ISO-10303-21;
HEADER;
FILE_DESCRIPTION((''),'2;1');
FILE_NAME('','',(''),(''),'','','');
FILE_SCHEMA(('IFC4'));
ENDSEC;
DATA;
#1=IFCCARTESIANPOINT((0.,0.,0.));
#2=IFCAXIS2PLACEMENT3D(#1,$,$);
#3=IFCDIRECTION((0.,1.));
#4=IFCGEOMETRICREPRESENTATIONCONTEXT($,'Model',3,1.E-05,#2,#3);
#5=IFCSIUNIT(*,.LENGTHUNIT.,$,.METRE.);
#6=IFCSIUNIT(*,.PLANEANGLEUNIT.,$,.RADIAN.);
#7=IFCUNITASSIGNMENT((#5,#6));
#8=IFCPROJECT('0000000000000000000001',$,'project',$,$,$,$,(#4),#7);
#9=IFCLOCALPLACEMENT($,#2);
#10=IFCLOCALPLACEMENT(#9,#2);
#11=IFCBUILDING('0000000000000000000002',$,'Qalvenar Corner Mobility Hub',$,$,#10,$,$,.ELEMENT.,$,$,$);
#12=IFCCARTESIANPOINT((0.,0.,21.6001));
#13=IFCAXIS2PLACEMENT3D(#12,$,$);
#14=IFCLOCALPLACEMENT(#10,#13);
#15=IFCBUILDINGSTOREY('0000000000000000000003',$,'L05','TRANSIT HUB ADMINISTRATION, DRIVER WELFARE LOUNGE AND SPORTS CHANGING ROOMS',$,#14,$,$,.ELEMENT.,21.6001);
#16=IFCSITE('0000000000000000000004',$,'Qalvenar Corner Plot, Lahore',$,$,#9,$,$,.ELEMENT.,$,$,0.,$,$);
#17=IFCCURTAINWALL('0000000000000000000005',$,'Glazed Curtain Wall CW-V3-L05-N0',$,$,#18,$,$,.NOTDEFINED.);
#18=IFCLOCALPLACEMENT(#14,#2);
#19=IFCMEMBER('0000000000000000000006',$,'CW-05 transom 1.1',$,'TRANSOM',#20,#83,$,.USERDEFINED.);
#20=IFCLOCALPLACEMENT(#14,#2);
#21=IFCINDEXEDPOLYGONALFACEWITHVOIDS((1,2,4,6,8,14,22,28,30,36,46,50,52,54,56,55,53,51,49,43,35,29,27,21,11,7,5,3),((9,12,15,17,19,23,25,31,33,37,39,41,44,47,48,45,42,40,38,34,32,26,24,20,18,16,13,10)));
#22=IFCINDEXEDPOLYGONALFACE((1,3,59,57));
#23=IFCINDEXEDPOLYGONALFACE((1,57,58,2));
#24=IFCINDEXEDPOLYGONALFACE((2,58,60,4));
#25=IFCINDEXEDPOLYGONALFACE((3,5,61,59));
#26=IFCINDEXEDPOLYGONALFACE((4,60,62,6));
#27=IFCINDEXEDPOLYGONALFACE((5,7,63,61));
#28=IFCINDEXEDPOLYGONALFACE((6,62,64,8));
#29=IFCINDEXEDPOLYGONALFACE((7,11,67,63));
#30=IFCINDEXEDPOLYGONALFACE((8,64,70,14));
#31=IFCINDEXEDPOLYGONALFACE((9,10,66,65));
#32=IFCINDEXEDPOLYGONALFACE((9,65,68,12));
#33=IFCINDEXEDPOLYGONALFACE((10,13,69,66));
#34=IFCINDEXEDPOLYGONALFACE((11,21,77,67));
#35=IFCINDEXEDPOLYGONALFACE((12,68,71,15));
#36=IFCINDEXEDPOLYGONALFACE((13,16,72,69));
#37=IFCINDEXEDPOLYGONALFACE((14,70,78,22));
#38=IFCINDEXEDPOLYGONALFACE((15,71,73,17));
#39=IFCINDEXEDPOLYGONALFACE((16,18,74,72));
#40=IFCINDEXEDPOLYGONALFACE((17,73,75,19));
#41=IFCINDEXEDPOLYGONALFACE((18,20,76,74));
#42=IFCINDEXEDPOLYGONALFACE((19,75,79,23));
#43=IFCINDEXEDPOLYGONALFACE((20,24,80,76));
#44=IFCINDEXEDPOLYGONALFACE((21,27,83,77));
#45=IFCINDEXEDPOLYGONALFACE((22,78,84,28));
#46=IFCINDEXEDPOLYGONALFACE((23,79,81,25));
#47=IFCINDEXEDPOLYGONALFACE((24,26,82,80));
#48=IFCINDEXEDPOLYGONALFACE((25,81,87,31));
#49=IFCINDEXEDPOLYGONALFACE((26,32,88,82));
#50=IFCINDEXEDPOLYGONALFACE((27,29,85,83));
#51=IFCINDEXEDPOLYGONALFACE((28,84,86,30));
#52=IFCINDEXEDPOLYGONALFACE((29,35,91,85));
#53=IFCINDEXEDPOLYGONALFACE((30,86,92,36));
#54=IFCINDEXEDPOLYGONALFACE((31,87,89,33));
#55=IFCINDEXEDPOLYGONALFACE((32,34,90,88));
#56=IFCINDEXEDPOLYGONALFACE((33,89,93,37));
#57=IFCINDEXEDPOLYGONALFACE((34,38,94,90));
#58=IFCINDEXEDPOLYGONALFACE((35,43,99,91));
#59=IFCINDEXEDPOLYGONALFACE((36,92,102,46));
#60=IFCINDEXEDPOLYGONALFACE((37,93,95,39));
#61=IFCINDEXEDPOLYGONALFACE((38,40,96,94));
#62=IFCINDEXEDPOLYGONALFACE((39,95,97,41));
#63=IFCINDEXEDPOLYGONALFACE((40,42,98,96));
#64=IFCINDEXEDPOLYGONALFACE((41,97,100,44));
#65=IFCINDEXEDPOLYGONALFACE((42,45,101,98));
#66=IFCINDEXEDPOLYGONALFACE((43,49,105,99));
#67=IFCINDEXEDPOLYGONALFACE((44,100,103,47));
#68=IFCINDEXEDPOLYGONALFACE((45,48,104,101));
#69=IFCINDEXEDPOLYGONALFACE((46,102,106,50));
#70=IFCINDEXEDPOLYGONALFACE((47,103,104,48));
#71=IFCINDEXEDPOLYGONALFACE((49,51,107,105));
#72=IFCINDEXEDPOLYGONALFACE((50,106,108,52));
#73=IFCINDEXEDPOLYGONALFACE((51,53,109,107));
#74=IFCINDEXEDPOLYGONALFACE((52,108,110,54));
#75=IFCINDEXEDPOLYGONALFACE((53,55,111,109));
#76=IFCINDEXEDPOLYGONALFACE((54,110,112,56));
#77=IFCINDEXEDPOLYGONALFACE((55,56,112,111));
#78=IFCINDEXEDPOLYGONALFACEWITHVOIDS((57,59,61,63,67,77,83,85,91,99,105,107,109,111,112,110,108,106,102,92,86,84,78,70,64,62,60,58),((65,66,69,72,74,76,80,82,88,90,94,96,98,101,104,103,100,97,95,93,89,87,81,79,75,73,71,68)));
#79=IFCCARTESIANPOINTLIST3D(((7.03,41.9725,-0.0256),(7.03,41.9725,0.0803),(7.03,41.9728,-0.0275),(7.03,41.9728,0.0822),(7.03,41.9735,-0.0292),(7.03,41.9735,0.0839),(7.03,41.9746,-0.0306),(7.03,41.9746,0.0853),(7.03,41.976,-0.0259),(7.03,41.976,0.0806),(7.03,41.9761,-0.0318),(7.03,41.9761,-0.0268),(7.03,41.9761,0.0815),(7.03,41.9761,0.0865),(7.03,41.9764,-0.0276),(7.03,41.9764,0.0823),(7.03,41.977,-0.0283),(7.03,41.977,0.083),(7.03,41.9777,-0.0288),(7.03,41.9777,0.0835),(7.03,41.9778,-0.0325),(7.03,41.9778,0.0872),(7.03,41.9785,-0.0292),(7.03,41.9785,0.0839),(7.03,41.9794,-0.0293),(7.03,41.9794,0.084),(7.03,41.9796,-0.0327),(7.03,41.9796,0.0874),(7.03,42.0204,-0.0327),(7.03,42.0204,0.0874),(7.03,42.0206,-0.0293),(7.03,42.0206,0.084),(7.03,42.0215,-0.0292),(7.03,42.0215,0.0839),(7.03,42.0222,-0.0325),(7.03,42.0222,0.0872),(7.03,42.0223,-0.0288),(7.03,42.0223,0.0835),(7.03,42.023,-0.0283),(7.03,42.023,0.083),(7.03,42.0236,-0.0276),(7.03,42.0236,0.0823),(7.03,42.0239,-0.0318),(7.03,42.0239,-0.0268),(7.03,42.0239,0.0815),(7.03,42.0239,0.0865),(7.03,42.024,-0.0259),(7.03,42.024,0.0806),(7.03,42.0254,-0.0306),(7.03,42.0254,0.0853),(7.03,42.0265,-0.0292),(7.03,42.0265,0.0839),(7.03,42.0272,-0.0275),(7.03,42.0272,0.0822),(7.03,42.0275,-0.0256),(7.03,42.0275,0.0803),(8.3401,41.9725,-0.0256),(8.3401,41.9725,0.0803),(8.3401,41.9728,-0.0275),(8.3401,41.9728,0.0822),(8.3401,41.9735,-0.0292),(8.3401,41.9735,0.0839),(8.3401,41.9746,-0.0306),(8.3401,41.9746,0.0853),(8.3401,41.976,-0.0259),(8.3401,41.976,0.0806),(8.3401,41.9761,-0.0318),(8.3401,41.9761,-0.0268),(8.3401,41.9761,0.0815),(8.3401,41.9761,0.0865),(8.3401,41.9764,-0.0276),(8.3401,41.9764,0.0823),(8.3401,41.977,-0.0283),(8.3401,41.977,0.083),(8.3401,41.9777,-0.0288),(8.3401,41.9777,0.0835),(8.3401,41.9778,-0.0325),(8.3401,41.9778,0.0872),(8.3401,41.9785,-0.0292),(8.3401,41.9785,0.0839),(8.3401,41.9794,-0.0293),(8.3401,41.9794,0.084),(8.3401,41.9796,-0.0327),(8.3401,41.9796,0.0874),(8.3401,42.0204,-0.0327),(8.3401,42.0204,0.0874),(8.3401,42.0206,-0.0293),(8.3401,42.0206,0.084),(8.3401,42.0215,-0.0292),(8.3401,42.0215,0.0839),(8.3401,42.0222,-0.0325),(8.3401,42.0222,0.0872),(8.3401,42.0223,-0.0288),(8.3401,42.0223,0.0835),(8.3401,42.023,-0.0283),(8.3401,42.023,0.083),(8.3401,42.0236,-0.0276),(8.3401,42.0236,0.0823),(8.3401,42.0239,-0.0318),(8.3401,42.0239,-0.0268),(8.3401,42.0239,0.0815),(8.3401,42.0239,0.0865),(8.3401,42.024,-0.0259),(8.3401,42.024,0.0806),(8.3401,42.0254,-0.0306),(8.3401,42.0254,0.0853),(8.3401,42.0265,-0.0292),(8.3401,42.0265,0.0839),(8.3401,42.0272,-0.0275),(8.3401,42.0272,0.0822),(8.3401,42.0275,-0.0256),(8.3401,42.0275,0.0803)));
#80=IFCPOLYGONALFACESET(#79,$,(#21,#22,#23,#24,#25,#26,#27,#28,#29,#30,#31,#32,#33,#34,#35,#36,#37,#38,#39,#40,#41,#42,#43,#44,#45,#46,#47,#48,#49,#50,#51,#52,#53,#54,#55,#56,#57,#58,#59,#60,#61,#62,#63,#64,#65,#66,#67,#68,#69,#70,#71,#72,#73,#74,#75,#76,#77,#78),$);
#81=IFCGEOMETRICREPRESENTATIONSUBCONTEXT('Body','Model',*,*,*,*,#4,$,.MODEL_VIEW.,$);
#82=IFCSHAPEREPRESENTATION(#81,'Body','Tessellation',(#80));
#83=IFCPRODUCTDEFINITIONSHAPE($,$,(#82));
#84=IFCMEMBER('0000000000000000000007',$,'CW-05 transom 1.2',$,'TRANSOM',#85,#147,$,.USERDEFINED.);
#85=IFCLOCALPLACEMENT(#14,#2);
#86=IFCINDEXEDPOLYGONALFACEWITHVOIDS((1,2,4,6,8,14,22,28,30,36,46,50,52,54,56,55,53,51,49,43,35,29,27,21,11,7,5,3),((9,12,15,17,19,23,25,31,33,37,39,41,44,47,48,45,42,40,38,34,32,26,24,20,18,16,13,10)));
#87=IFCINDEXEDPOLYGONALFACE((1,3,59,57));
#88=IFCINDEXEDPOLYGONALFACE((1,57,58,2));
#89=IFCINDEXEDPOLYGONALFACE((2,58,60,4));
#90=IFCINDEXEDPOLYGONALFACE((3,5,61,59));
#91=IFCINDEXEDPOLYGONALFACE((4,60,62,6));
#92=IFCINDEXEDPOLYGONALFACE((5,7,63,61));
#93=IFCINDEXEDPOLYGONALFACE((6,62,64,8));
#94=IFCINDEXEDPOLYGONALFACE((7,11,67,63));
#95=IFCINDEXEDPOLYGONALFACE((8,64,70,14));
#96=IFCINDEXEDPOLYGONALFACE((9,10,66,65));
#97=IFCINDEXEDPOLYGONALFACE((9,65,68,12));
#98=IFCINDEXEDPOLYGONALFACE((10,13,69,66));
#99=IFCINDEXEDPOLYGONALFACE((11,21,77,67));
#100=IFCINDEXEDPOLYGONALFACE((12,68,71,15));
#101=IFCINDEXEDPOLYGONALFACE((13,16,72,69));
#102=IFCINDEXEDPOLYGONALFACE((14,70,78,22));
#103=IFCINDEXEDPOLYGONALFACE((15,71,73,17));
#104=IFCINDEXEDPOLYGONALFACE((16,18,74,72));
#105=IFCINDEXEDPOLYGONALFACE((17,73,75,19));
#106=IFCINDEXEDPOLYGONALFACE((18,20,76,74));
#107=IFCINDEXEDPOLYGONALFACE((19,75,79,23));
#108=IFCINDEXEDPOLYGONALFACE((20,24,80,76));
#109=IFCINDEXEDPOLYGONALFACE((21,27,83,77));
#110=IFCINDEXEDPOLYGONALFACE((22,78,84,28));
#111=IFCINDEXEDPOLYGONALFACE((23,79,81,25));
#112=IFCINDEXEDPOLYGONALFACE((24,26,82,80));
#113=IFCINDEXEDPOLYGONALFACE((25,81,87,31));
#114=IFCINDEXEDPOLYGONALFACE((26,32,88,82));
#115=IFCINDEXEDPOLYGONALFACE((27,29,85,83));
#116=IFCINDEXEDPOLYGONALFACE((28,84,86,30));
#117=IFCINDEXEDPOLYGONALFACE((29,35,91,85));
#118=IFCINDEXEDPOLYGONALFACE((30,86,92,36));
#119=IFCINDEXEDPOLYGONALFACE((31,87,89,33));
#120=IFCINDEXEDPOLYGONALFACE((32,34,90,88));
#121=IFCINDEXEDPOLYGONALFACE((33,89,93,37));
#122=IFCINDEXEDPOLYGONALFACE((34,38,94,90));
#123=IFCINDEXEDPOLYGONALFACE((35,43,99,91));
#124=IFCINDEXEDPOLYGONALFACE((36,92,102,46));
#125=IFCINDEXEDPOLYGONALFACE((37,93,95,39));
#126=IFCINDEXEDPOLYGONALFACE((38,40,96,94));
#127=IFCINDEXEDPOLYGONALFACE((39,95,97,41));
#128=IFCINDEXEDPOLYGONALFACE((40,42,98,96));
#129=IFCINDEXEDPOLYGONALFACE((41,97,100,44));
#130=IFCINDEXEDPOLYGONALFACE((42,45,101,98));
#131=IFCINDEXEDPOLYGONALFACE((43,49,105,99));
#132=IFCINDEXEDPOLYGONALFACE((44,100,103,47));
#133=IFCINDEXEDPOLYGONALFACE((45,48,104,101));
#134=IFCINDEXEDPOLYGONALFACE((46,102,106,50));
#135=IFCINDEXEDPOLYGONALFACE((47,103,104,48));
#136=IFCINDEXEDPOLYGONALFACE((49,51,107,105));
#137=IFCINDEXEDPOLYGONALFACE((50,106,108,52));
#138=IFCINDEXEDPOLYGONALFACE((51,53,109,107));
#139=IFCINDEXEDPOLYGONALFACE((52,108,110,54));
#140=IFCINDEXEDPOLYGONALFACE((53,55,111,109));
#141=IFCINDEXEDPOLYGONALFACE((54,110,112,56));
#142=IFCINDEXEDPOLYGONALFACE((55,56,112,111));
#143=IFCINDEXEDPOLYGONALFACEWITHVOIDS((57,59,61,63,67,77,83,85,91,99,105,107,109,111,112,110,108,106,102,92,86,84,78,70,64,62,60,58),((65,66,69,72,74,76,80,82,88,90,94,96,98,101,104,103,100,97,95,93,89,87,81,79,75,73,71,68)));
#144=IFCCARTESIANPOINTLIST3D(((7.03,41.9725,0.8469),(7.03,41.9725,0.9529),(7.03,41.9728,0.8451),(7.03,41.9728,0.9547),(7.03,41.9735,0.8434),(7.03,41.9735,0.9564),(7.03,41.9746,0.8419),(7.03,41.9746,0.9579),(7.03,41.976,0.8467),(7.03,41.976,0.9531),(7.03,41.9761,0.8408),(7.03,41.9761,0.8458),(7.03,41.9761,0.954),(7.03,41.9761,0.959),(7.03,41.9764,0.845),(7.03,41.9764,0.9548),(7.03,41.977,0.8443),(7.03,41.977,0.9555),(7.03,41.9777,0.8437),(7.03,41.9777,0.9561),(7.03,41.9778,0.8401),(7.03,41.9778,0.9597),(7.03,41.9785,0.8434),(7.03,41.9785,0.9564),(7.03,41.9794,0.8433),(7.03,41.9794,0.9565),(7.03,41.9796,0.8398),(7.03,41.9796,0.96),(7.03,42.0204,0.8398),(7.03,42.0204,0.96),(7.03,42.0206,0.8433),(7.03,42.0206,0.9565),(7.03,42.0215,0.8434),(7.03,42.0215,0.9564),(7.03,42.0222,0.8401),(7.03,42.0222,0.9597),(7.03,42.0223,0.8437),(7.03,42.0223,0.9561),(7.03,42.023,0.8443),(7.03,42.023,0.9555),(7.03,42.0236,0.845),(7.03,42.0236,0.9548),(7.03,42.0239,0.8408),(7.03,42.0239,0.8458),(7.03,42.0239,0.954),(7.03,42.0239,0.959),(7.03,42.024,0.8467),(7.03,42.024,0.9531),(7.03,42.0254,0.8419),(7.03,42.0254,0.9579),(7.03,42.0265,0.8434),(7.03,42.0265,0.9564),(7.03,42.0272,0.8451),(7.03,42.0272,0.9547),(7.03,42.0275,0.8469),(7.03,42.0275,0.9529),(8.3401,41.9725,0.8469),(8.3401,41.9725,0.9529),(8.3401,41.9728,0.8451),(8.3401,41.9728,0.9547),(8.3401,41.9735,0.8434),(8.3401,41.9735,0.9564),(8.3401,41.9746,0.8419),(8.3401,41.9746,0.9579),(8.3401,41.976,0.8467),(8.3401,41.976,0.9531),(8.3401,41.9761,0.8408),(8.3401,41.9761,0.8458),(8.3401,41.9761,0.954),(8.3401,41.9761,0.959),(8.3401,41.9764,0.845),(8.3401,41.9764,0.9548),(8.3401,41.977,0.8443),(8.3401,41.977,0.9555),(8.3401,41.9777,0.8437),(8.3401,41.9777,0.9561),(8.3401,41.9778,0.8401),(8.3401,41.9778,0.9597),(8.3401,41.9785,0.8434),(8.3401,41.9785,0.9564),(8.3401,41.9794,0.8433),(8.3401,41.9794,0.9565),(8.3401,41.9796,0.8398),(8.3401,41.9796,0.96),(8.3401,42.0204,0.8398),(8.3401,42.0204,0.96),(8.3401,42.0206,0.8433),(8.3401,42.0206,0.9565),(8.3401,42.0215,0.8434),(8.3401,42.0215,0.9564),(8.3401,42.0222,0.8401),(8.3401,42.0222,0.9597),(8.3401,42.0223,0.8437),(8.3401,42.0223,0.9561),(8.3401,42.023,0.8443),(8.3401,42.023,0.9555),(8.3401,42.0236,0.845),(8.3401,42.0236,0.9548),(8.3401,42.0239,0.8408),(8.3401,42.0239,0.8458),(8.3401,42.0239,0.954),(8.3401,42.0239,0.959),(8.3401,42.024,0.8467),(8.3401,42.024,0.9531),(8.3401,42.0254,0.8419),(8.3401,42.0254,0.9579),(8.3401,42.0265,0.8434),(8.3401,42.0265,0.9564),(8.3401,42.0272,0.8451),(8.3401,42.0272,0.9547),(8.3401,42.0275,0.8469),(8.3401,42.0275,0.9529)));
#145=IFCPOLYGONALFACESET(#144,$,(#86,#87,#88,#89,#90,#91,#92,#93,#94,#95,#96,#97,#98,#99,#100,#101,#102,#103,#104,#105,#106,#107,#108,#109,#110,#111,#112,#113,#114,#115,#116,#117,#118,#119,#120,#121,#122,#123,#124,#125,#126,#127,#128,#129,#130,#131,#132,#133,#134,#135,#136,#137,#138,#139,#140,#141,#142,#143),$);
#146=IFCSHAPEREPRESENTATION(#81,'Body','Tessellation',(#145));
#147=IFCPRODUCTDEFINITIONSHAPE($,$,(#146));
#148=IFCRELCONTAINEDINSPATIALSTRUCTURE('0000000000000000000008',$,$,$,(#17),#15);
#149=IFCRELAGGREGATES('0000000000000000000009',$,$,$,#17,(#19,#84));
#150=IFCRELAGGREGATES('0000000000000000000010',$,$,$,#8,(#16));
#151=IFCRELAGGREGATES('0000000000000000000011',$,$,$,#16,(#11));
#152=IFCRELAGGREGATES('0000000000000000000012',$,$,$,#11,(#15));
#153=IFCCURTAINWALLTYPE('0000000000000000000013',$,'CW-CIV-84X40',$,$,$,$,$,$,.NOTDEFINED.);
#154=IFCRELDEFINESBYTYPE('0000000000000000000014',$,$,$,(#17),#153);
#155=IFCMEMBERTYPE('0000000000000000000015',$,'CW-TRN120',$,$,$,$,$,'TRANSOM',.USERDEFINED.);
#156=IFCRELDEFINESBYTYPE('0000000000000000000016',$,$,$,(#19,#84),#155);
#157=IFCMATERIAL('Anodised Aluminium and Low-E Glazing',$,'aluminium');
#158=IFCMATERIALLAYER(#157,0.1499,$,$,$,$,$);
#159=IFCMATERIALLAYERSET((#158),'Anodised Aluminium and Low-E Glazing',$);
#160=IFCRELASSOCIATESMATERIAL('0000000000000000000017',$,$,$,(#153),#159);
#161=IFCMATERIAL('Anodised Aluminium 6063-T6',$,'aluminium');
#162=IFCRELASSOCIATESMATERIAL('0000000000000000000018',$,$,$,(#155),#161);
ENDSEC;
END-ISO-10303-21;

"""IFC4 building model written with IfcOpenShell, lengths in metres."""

from ifc_helpers import new_model, si_unit, direction, frame, origin, origin_2d, place, context, subcontext, project, spatial, hollow_rectangle, extrude, material, layer, layer_set, material_profile, profile_set, type_object, element, aggregate, save


model = new_model("IFC4")

# Units and contexts
model_context = context("Model", 3, precision=1e-05, world=origin(), true_north=direction((0.0, 1.0)))
body_context = subcontext(model_context, "Body", "Model", "MODEL_VIEW")
ifc_project = project(units=[si_unit("LENGTHUNIT", "METRE"), si_unit("PLANEANGLEUNIT", "RADIAN")], contexts=[model_context])

# Site, building, storey
site_placement = place(None, origin())
site = spatial("IfcSite", under=ifc_project, at=site_placement, Name="Qalvenar Corner Plot, Lahore", CompositionType="ELEMENT", RefElevation=0.0)
building_placement = place(site_placement, origin())
building = spatial("IfcBuilding", under=site, at=building_placement, Name="Qalvenar Corner Mobility Hub", CompositionType="ELEMENT")
storey_placement = place(building_placement, frame((0.0, 0.0, 21.6001)))
storey = spatial("IfcBuildingStorey", under=building, at=storey_placement, Name="L05", Description="TRANSIT HUB ADMINISTRATION, DRIVER WELFARE LOUNGE AND SPORTS CHANGING ROOMS", CompositionType="ELEMENT", Elevation=21.6001)

# Curtain wall
ifc_material_1 = material(Name="Anodised Aluminium and Low-E Glazing", Category="aluminium")
ifc_layer_1 = layer(ifc_material_1, 0.1499)
ifc_layer_set_1 = layer_set([ifc_layer_1], Name="Anodised Aluminium and Low-E Glazing")
curtain_wall_type = type_object("IfcCurtainWallType", Name="CW-CIV-84X40", PredefinedType="NOTDEFINED", material=ifc_layer_set_1)
curtain_wall_1_placement = place(storey_placement, origin())
curtain_wall_1 = element("IfcCurtainWall", 1, at=curtain_wall_1_placement, inside=storey, type_object=curtain_wall_type, Name="Glazed Curtain Wall CW-V3-L05-N0", PredefinedType="NOTDEFINED")
ifc_material_2 = material(Name="Anodised Aluminium 6063-T6", Category="aluminium")

# Members
ifc_material_profile_1 = material_profile(ifc_material_2, hollow_rectangle(XDim=0.0549, YDim=0.1201, WallThickness=0.0034, InnerFilletRadius=0.0034, OuterFilletRadius=0.0071, at=origin_2d()), Name="RHS120x55x3.5")
ifc_profile_set_1 = profile_set([ifc_material_profile_1], Name="Anodised Aluminium 6063-T6")
member_type_1 = type_object("IfcMemberType", Name="CW-TRN120", ElementType="TRANSOM", PredefinedType="USERDEFINED", material=ifc_profile_set_1)
member_1_placement = place(storey_placement, frame((8.3401, 42.0, 0.0273), z_axis=(-1.0, 0.0, 0.0), x_axis=(0.0, -1.0, 0.0)))
member_1 = element("IfcMember", 2, at=member_1_placement, type_object=member_type_1, Name="CW-05 transom 1.1", ObjectType="TRANSOM", PredefinedType="USERDEFINED", context=body_context, shape_type="SweptSolid", body=[
    extrude(hollow_rectangle(XDim=0.0549, YDim=0.1201, WallThickness=0.0034, InnerFilletRadius=0.0034, OuterFilletRadius=0.0071, at=origin_2d()), origin(), (0.0, 0.0, 1.0), 1.3101),
])
member_2_placement = place(storey_placement, frame((8.3401, 42.0, 0.8999), z_axis=(-1.0, 0.0, 0.0), x_axis=(0.0, -1.0, 0.0)))
member_2 = element("IfcMember", 3, at=member_2_placement, type_object=member_type_1, Name="CW-05 transom 1.2", ObjectType="TRANSOM", PredefinedType="USERDEFINED", context=body_context, shape_type="SweptSolid", body=[
    extrude(hollow_rectangle(XDim=0.0549, YDim=0.1201, WallThickness=0.0034, InnerFilletRadius=0.0034, OuterFilletRadius=0.0071, at=origin_2d()), origin(), (0.0, 0.0, 1.0), 1.3101),
])

aggregate(curtain_wall_1, [member_1, member_2])

save(model, "model.ifc")
